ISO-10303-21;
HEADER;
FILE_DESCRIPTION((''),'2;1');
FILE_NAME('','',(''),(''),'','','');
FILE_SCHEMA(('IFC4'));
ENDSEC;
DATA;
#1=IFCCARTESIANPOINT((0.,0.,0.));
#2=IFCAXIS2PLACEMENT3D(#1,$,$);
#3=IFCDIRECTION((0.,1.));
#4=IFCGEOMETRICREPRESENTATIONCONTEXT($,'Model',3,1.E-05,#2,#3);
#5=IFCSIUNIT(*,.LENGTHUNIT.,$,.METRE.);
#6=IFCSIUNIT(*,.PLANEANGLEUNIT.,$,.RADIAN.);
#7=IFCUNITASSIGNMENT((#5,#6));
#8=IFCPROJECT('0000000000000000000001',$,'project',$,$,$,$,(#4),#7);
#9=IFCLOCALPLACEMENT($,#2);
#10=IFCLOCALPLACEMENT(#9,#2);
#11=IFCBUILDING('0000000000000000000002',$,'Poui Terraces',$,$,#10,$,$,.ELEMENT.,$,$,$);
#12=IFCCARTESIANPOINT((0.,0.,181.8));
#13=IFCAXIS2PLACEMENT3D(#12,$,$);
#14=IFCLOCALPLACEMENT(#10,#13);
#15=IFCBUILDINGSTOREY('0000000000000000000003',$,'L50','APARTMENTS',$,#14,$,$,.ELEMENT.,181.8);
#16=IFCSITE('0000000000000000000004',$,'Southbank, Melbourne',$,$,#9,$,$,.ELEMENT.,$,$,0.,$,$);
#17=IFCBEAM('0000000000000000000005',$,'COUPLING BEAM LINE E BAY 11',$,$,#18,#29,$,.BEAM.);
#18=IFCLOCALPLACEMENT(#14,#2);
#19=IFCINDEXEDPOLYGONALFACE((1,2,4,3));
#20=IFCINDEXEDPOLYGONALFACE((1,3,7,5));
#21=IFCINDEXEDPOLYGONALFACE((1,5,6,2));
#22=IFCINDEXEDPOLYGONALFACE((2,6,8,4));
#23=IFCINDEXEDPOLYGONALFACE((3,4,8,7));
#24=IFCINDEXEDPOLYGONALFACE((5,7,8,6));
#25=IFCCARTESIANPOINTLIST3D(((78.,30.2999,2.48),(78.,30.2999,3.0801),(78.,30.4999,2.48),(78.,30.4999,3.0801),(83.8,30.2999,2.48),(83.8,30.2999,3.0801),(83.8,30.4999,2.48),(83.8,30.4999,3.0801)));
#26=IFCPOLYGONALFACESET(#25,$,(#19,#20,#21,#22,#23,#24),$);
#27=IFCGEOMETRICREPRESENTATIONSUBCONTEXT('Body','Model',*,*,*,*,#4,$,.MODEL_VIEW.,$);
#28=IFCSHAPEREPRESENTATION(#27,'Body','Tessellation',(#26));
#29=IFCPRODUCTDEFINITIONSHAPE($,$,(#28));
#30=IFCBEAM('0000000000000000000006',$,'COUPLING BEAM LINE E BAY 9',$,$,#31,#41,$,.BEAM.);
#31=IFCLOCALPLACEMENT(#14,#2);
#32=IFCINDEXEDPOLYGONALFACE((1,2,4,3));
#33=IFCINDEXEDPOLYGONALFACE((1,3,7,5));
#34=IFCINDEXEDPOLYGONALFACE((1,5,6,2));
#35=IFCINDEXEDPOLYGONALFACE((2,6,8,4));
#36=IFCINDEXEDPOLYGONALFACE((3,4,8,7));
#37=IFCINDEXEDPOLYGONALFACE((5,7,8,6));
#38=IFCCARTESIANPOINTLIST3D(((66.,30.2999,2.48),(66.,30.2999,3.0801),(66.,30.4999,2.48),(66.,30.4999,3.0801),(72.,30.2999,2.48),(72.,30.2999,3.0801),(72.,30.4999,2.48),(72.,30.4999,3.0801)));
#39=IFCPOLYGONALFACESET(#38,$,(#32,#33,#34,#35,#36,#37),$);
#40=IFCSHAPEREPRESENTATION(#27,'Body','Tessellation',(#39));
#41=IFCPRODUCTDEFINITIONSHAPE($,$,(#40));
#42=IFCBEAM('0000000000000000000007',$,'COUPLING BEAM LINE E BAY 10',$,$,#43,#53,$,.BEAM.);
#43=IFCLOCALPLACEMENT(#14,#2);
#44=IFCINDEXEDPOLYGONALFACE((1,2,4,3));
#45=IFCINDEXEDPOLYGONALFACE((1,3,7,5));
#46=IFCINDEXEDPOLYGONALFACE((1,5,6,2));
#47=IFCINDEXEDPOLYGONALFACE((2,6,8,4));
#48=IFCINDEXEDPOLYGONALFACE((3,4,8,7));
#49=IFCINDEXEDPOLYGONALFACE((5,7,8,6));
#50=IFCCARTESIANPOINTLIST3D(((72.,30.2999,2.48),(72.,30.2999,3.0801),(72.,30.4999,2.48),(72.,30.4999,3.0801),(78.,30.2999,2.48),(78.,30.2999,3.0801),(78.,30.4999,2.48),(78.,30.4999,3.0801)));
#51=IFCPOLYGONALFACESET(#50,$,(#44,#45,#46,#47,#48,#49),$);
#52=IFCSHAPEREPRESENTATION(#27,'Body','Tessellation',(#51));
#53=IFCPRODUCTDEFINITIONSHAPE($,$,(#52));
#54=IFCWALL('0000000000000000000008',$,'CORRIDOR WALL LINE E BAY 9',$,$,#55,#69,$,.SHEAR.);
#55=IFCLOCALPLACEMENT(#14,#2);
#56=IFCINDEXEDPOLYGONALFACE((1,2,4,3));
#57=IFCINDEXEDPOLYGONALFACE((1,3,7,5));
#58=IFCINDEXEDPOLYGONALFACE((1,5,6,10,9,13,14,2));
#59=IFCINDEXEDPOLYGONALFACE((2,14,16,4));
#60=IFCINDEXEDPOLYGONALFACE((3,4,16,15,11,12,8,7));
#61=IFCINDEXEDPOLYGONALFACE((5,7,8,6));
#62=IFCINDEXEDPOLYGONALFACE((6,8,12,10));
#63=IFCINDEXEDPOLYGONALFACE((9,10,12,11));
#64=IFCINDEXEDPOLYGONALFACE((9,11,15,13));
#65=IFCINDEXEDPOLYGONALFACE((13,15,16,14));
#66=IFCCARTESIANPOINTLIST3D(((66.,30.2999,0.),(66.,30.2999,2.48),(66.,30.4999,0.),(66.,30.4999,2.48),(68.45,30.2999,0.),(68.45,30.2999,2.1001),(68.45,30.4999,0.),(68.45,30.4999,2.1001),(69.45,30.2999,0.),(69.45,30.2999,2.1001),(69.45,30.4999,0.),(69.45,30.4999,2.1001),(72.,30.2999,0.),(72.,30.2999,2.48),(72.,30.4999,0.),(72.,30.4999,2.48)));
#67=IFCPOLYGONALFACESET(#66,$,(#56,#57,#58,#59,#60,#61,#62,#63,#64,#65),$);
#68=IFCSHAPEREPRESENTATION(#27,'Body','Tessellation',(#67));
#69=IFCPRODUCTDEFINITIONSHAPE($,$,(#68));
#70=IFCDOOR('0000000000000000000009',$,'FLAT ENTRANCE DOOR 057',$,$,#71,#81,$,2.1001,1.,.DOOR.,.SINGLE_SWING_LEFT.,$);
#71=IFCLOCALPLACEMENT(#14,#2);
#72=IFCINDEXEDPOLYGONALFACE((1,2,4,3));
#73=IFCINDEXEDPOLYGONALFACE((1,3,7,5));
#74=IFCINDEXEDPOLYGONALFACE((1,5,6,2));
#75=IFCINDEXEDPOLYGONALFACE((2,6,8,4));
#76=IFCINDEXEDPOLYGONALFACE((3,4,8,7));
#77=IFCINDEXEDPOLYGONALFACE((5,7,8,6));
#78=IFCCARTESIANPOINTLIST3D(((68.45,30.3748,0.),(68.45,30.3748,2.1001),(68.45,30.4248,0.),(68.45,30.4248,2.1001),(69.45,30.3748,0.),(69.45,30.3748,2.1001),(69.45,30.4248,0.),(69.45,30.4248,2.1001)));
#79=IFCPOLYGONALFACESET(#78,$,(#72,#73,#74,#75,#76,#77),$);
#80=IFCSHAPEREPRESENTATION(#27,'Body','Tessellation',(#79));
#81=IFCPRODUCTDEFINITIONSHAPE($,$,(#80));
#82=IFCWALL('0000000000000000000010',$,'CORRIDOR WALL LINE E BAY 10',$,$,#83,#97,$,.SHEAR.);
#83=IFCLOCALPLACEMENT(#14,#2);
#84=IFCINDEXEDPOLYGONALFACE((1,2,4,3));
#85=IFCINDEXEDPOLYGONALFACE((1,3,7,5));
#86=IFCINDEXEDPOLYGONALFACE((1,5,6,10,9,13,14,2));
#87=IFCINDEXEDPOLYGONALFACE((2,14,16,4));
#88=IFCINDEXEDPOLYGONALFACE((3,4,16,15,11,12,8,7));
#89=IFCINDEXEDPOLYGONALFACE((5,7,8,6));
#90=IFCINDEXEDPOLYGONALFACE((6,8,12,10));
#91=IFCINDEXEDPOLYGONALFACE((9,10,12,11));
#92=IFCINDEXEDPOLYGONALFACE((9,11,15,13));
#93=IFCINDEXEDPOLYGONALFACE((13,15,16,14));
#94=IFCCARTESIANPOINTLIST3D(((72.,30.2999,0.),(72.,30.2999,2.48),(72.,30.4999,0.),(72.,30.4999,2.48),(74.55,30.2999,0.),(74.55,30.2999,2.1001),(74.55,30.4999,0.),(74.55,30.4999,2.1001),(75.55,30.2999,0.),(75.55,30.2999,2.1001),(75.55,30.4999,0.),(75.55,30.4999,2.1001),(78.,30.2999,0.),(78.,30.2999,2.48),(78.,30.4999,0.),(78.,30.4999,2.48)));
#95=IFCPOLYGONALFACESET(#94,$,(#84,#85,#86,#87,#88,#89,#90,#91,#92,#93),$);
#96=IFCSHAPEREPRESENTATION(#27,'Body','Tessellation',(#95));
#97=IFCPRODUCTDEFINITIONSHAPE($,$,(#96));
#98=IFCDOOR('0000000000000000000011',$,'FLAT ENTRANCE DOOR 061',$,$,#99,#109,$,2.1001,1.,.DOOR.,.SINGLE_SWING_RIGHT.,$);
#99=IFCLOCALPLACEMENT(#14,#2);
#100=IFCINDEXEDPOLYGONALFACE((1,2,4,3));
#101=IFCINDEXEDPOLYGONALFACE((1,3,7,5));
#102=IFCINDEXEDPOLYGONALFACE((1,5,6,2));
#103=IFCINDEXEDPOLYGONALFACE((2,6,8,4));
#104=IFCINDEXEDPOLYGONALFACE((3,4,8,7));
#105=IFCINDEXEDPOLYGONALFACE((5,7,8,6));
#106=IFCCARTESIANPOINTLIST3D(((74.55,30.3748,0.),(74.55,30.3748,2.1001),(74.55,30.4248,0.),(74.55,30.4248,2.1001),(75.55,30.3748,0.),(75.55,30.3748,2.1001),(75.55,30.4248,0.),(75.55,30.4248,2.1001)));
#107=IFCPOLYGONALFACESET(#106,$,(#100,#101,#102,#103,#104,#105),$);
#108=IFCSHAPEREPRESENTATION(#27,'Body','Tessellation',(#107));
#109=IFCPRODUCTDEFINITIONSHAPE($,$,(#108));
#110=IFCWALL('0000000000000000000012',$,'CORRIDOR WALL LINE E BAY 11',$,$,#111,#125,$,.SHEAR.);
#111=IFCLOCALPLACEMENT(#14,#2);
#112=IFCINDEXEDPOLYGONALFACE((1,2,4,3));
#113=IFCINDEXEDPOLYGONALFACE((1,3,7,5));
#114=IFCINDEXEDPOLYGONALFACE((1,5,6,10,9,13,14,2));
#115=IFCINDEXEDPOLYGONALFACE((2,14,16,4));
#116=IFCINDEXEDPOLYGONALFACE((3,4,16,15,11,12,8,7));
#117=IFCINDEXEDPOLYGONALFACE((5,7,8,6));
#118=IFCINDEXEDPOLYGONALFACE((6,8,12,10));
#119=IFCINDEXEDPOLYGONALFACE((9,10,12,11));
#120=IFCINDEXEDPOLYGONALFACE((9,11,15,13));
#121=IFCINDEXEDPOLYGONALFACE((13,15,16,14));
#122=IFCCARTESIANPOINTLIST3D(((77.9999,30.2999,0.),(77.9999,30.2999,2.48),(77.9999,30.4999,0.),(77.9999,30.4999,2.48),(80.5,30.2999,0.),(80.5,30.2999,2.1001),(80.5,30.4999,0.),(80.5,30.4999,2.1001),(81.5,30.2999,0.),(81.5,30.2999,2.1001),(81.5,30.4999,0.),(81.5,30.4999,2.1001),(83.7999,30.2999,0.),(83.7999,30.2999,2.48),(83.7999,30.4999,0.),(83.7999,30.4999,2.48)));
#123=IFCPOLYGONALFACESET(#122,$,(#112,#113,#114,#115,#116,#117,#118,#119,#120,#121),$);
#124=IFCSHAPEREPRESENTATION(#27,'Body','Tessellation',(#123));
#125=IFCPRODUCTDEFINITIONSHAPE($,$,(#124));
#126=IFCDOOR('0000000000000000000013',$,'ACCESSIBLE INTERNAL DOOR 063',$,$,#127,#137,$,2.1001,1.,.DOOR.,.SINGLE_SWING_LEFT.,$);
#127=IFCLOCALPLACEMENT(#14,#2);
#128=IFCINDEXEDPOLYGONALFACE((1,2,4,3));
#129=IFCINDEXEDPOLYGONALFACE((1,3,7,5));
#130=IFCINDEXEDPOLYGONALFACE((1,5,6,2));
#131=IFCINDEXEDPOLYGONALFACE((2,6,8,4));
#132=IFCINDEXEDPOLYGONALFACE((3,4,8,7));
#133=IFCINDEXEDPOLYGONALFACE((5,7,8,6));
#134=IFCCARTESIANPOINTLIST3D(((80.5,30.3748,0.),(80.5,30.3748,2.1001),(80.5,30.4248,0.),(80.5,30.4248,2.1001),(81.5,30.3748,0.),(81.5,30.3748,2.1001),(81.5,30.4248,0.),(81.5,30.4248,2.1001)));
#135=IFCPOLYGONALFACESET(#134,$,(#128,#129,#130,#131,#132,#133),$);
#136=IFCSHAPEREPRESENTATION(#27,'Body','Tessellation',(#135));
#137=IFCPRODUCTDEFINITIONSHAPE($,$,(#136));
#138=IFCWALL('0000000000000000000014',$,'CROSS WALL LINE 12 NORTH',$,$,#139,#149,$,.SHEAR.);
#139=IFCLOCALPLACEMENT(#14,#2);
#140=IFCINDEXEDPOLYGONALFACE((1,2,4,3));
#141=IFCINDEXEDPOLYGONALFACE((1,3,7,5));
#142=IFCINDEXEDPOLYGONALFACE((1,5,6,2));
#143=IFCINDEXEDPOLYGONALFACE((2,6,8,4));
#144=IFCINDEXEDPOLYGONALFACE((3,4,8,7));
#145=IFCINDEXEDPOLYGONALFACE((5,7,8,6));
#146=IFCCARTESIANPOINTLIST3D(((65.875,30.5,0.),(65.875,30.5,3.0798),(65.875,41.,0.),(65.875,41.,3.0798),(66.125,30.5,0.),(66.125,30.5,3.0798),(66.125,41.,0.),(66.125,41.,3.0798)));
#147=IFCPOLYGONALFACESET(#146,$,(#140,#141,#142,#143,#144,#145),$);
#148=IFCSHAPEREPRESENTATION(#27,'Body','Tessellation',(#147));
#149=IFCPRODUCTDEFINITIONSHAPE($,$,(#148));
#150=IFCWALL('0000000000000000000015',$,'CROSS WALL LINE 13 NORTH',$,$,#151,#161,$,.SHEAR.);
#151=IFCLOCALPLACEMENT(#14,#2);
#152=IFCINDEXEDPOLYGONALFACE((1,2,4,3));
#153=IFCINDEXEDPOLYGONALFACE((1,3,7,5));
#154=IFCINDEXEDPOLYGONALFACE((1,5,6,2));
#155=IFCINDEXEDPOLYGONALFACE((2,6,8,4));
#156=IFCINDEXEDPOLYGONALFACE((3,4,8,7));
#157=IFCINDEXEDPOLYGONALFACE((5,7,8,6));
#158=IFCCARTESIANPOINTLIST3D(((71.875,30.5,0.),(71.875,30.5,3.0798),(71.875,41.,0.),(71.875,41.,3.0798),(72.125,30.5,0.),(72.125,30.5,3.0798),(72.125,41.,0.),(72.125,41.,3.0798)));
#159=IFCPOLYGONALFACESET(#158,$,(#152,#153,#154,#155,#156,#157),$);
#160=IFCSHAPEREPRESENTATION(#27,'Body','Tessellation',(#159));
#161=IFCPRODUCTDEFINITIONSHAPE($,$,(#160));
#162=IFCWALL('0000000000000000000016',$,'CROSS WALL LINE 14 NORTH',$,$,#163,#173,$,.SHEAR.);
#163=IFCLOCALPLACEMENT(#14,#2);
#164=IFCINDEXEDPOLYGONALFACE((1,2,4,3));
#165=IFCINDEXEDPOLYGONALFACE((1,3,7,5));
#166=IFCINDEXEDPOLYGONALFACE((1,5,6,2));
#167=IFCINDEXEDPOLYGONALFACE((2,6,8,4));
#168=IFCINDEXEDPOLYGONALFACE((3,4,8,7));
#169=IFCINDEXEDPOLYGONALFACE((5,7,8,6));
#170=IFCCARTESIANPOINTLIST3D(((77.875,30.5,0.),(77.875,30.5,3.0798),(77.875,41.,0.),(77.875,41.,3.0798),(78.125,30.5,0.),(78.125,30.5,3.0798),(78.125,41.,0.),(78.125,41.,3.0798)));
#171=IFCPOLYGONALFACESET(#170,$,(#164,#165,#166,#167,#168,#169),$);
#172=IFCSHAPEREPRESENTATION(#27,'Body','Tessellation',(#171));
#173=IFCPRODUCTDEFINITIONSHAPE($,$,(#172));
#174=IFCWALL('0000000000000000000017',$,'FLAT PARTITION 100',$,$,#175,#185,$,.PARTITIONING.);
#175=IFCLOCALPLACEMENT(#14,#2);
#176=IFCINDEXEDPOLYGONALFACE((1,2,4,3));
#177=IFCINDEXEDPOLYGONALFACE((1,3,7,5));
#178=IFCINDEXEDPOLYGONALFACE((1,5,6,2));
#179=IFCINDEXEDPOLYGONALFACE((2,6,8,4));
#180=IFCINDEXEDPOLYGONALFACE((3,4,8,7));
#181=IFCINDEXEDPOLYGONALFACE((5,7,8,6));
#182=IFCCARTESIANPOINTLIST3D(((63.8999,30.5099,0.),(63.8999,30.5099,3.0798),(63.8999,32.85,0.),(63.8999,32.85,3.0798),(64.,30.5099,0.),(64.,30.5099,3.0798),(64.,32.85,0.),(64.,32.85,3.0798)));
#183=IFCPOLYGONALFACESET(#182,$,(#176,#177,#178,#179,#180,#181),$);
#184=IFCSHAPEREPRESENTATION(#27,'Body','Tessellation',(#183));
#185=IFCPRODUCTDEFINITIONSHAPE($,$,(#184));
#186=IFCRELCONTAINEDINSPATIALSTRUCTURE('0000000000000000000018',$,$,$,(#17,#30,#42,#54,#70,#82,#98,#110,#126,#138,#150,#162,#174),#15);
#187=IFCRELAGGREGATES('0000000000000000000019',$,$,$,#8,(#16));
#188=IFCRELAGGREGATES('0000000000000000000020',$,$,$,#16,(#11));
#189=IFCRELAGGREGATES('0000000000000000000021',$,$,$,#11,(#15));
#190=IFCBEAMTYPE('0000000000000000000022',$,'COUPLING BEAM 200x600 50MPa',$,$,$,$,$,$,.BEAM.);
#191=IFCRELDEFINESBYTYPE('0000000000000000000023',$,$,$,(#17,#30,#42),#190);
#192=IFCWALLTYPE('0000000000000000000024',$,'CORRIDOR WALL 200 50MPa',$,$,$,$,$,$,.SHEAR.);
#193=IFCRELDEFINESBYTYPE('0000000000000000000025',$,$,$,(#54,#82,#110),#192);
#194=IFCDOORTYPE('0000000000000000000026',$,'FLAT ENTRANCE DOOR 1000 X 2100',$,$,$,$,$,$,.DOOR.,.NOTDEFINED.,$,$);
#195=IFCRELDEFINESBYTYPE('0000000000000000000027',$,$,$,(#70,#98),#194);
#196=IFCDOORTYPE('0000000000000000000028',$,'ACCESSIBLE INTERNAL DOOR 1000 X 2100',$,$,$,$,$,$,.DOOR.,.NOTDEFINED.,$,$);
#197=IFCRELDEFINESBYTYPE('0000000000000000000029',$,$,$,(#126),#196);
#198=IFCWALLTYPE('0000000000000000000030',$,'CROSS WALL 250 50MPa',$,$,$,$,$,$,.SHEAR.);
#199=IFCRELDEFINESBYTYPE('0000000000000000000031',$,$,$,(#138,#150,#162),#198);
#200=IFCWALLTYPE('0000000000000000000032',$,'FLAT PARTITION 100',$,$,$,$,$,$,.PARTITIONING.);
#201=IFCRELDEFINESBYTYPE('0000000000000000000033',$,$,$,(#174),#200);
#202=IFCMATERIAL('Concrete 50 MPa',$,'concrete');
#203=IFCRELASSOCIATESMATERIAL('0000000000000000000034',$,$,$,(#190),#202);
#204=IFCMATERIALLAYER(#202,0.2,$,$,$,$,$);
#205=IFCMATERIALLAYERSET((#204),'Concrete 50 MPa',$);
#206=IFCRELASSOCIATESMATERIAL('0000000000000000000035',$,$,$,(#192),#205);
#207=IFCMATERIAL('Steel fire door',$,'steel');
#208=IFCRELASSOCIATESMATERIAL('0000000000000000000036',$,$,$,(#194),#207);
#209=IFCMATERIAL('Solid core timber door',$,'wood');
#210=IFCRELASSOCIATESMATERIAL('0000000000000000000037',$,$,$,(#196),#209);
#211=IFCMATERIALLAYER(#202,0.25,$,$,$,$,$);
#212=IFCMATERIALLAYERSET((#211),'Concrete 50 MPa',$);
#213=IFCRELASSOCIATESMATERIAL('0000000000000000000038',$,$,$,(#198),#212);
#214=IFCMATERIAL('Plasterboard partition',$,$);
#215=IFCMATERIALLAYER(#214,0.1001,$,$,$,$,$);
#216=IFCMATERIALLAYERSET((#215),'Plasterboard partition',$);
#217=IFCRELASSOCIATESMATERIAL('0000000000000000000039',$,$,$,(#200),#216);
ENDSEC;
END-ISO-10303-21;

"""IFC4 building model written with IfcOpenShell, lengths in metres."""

from ifc_helpers import new_model, si_unit, direction, frame, frame_2d, origin, origin_2d, place, context, subcontext, project, spatial, rectangle, extrude, source, transform, mapped, material, layer, layer_set, material_profile, profile_set, type_object, element, fill, save


model = new_model("IFC4")

# Units and contexts
model_context = context("Model", 3, precision=1e-05, world=origin(), true_north=direction((0.0, 1.0)))
body_context = subcontext(model_context, "Body", "Model", "MODEL_VIEW")
ifc_project = project(units=[si_unit("LENGTHUNIT", "METRE"), si_unit("PLANEANGLEUNIT", "RADIAN")], contexts=[model_context])

# Site, building, storey
site_placement = place(None, origin())
site = spatial("IfcSite", under=ifc_project, at=site_placement, Name="Southbank, Melbourne", CompositionType="ELEMENT", RefElevation=0.0)
building_placement = place(site_placement, origin())
building = spatial("IfcBuilding", under=site, at=building_placement, Name="Poui Terraces", CompositionType="ELEMENT")
storey_placement = place(building_placement, frame((0.0, 0.0, 181.8)))
storey = spatial("IfcBuildingStorey", under=building, at=storey_placement, Name="L50", Description="APARTMENTS", CompositionType="ELEMENT", Elevation=181.8)

# Beams
ifc_material_1 = material(Name="Concrete 50 MPa", Category="concrete")
ifc_material_profile = material_profile(ifc_material_1, rectangle(XDim=0.2, YDim=0.6001, at=origin_2d()), Name="RC 200x600")
ifc_profile_set = profile_set([ifc_material_profile], Name="Concrete 50 MPa")
beam_type = type_object("IfcBeamType", Name="COUPLING BEAM 200x600 50MPa", PredefinedType="BEAM", material=ifc_profile_set)
shared_shape_1 = source(origin(), body_context, "Body", "SweptSolid", [
    extrude(rectangle(XDim=0.2, YDim=0.6001, at=origin_2d()), origin(), (0.0, 0.0, 1.0), 5.8),
])
beam_placement = place(storey_placement, frame((78.0, 30.3999, 2.78), z_axis=(1.0, 0.0, 0.0), x_axis=(0.0, 1.0, 0.0)))
element("IfcBeam", 1, at=beam_placement, inside=storey, type_object=beam_type, Name="COUPLING BEAM LINE E BAY 11", PredefinedType="BEAM", context=body_context, shape_type="MappedRepresentation", body=[
    mapped(shared_shape_1, transform((0.0, 0.0, 0.0))),
])
shared_shape_2 = source(origin(), body_context, "Body", "SweptSolid", [
    extrude(rectangle(XDim=0.2, YDim=0.6001, at=origin_2d()), origin(), (0.0, 0.0, 1.0), 6.0),
])
for number, where, z_axis, x_axis, name in (
    (2, (66.0, 30.3999, 2.78), (1.0, 0.0, 0.0), (0.0, 1.0, 0.0), "COUPLING BEAM LINE E BAY 9"),
    (3, (72.0, 30.3999, 2.78), (1.0, 0.0, 0.0), (0.0, 1.0, 0.0), "COUPLING BEAM LINE E BAY 10"),
):
    element("IfcBeam", number, at=place(storey_placement, frame(where, z_axis=z_axis, x_axis=x_axis)), inside=storey, type_object=beam_type, Name=name, PredefinedType="BEAM", context=body_context, shape_type="MappedRepresentation", body=[
        mapped(shared_shape_2, transform((0.0, 0.0, 0.0))),
    ])

# Walls, openings, doors
ifc_layer_1 = layer(ifc_material_1, 0.2)
ifc_layer_set_1 = layer_set([ifc_layer_1], Name="Concrete 50 MPa")
wall_type_1 = type_object("IfcWallType", Name="CORRIDOR WALL 200 50MPa", PredefinedType="SHEAR", material=ifc_layer_set_1)
wall_1_placement = place(storey_placement, frame((66.0, 30.3999, 0.0), z_axis=(0.0, 0.0, 1.0), x_axis=(1.0, 0.0, 0.0)))
wall_1 = element("IfcWall", 4, at=wall_1_placement, inside=storey, type_object=wall_type_1, Name="CORRIDOR WALL LINE E BAY 9", PredefinedType="SHEAR", context=body_context, shape_type="SweptSolid", body=[
    extrude(rectangle(XDim=6.0, YDim=0.2, at=frame_2d((3.0, 0.0))), origin(), (0.0, 0.0, 1.0), 2.48),
])
opening_1_placement = place(wall_1_placement, frame((2.45, 0.0, 0.0)))
opening_1 = element("IfcOpeningElement", 5, at=opening_1_placement, cuts=wall_1, PredefinedType="OPENING", context=body_context, shape_type="SweptSolid", body=[
    extrude(rectangle(XDim=1.0, YDim=2.1001, at=frame_2d((0.5, 1.05))), frame((0.0, 0.1099, 0.0), z_axis=(0.0, -1.0, 0.0), x_axis=(1.0, 0.0, 0.0)), (0.0, 0.0, 1.0), 0.22),
])
ifc_material_2 = material(Name="Steel fire door", Category="steel")
door_type_1 = type_object("IfcDoorType", Name="FLAT ENTRANCE DOOR 1000 X 2100", OperationType="NOTDEFINED", PredefinedType="DOOR", material=ifc_material_2)
door_1_placement = place(opening_1_placement, origin())
door_1 = element("IfcDoor", 6, at=door_1_placement, inside=storey, type_object=door_type_1, Name="FLAT ENTRANCE DOOR 057", OperationType="SINGLE_SWING_LEFT", OverallHeight=2.1001, OverallWidth=1.0, PredefinedType="DOOR", context=body_context, shape_type="SweptSolid", body=[
    extrude(rectangle(XDim=1.0, YDim=2.1001, at=frame_2d((0.5, 1.05))), frame((0.0, 0.0249, 0.0), z_axis=(0.0, -1.0, 0.0), x_axis=(1.0, 0.0, 0.0)), (0.0, 0.0, 1.0), 0.05),
])
fill(opening_1, door_1)
wall_2_placement = place(storey_placement, frame((72.0, 30.3999, 0.0), z_axis=(0.0, 0.0, 1.0), x_axis=(1.0, 0.0, 0.0)))
wall_2 = element("IfcWall", 7, at=wall_2_placement, inside=storey, type_object=wall_type_1, Name="CORRIDOR WALL LINE E BAY 10", PredefinedType="SHEAR", context=body_context, shape_type="SweptSolid", body=[
    extrude(rectangle(XDim=6.0, YDim=0.2, at=frame_2d((3.0, 0.0))), origin(), (0.0, 0.0, 1.0), 2.48),
])
opening_2_placement = place(wall_2_placement, frame((2.55, 0.0, 0.0)))
opening_2 = element("IfcOpeningElement", 8, at=opening_2_placement, cuts=wall_2, PredefinedType="OPENING", context=body_context, shape_type="SweptSolid", body=[
    extrude(rectangle(XDim=1.0, YDim=2.1001, at=frame_2d((0.5, 1.05))), frame((0.0, 0.1099, 0.0), z_axis=(0.0, -1.0, 0.0), x_axis=(1.0, 0.0, 0.0)), (0.0, 0.0, 1.0), 0.22),
])
door_2_placement = place(opening_2_placement, origin())
door_2 = element("IfcDoor", 9, at=door_2_placement, inside=storey, type_object=door_type_1, Name="FLAT ENTRANCE DOOR 061", OperationType="SINGLE_SWING_RIGHT", OverallHeight=2.1001, OverallWidth=1.0, PredefinedType="DOOR", context=body_context, shape_type="SweptSolid", body=[
    extrude(rectangle(XDim=1.0, YDim=2.1001, at=frame_2d((0.5, 1.05))), frame((0.0, 0.0249, 0.0), z_axis=(0.0, -1.0, 0.0), x_axis=(1.0, 0.0, 0.0)), (0.0, 0.0, 1.0), 0.05),
])
fill(opening_2, door_2)
wall_3_placement = place(storey_placement, frame((78.0, 30.3999, 0.0), z_axis=(0.0, 0.0, 1.0), x_axis=(1.0, 0.0, 0.0)))
wall_3 = element("IfcWall", 10, at=wall_3_placement, inside=storey, type_object=wall_type_1, Name="CORRIDOR WALL LINE E BAY 11", PredefinedType="SHEAR", context=body_context, shape_type="SweptSolid", body=[
    extrude(rectangle(XDim=5.8, YDim=0.2, at=frame_2d((2.8999, 0.0))), origin(), (0.0, 0.0, 1.0), 2.48),
])
opening_3_placement = place(wall_3_placement, frame((2.5, 0.0, 0.0)))
opening_3 = element("IfcOpeningElement", 11, at=opening_3_placement, cuts=wall_3, PredefinedType="OPENING", context=body_context, shape_type="SweptSolid", body=[
    extrude(rectangle(XDim=1.0, YDim=2.1001, at=frame_2d((0.5, 1.05))), frame((0.0, 0.1099, 0.0), z_axis=(0.0, -1.0, 0.0), x_axis=(1.0, 0.0, 0.0)), (0.0, 0.0, 1.0), 0.22),
])
ifc_material_3 = material(Name="Solid core timber door", Category="wood")
door_type_2 = type_object("IfcDoorType", Name="ACCESSIBLE INTERNAL DOOR 1000 X 2100", OperationType="NOTDEFINED", PredefinedType="DOOR", material=ifc_material_3)
door_3_placement = place(opening_3_placement, origin())
door_3 = element("IfcDoor", 12, at=door_3_placement, inside=storey, type_object=door_type_2, Name="ACCESSIBLE INTERNAL DOOR 063", OperationType="SINGLE_SWING_LEFT", OverallHeight=2.1001, OverallWidth=1.0, PredefinedType="DOOR", context=body_context, shape_type="SweptSolid", body=[
    extrude(rectangle(XDim=1.0, YDim=2.1001, at=frame_2d((0.5, 1.05))), frame((0.0, 0.0249, 0.0), z_axis=(0.0, -1.0, 0.0), x_axis=(1.0, 0.0, 0.0)), (0.0, 0.0, 1.0), 0.05),
])
fill(opening_3, door_3)

# Walls
ifc_layer_2 = layer(ifc_material_1, 0.25)
ifc_layer_set_2 = layer_set([ifc_layer_2], Name="Concrete 50 MPa")
wall_type_2 = type_object("IfcWallType", Name="CROSS WALL 250 50MPa", PredefinedType="SHEAR", material=ifc_layer_set_2)
for number, where, z_axis, x_axis, name in (
    (13, (66.0, 30.5, 0.0), (0.0, 0.0, 1.0), (0.0, 1.0, 0.0), "CROSS WALL LINE 12 NORTH"),
    (14, (72.0, 30.5, 0.0), (0.0, 0.0, 1.0), (0.0, 1.0, 0.0), "CROSS WALL LINE 13 NORTH"),
    (15, (78.0, 30.5, 0.0), (0.0, 0.0, 1.0), (0.0, 1.0, 0.0), "CROSS WALL LINE 14 NORTH"),
):
    element("IfcWall", number, at=place(storey_placement, frame(where, z_axis=z_axis, x_axis=x_axis)), inside=storey, type_object=wall_type_2, Name=name, PredefinedType="SHEAR", context=body_context, shape_type="SweptSolid", body=[
        extrude(rectangle(XDim=10.5, YDim=0.25, at=frame_2d((5.25, 0.0))), origin(), (0.0, 0.0, 1.0), 3.0798),
    ])
ifc_material_4 = material(Name="Plasterboard partition")
ifc_layer_3 = layer(ifc_material_4, 0.1001)
ifc_layer_set_3 = layer_set([ifc_layer_3], Name="Plasterboard partition")
wall_type_3 = type_object("IfcWallType", Name="FLAT PARTITION 100", PredefinedType="PARTITIONING", material=ifc_layer_set_3)
wall_4_placement = place(storey_placement, frame((63.95, 30.51, 0.0), z_axis=(0.0, 0.0, 1.0), x_axis=(0.0, 1.0, 0.0)))
element("IfcWall", 16, at=wall_4_placement, inside=storey, type_object=wall_type_3, Name="FLAT PARTITION 100", PredefinedType="PARTITIONING", context=body_context, shape_type="SweptSolid", body=[
    extrude(rectangle(XDim=2.3401, YDim=0.1001, at=frame_2d((1.1699, 0.0))), origin(), (0.0, 0.0, 1.0), 3.0798),
])

save(model, "model.ifc")
